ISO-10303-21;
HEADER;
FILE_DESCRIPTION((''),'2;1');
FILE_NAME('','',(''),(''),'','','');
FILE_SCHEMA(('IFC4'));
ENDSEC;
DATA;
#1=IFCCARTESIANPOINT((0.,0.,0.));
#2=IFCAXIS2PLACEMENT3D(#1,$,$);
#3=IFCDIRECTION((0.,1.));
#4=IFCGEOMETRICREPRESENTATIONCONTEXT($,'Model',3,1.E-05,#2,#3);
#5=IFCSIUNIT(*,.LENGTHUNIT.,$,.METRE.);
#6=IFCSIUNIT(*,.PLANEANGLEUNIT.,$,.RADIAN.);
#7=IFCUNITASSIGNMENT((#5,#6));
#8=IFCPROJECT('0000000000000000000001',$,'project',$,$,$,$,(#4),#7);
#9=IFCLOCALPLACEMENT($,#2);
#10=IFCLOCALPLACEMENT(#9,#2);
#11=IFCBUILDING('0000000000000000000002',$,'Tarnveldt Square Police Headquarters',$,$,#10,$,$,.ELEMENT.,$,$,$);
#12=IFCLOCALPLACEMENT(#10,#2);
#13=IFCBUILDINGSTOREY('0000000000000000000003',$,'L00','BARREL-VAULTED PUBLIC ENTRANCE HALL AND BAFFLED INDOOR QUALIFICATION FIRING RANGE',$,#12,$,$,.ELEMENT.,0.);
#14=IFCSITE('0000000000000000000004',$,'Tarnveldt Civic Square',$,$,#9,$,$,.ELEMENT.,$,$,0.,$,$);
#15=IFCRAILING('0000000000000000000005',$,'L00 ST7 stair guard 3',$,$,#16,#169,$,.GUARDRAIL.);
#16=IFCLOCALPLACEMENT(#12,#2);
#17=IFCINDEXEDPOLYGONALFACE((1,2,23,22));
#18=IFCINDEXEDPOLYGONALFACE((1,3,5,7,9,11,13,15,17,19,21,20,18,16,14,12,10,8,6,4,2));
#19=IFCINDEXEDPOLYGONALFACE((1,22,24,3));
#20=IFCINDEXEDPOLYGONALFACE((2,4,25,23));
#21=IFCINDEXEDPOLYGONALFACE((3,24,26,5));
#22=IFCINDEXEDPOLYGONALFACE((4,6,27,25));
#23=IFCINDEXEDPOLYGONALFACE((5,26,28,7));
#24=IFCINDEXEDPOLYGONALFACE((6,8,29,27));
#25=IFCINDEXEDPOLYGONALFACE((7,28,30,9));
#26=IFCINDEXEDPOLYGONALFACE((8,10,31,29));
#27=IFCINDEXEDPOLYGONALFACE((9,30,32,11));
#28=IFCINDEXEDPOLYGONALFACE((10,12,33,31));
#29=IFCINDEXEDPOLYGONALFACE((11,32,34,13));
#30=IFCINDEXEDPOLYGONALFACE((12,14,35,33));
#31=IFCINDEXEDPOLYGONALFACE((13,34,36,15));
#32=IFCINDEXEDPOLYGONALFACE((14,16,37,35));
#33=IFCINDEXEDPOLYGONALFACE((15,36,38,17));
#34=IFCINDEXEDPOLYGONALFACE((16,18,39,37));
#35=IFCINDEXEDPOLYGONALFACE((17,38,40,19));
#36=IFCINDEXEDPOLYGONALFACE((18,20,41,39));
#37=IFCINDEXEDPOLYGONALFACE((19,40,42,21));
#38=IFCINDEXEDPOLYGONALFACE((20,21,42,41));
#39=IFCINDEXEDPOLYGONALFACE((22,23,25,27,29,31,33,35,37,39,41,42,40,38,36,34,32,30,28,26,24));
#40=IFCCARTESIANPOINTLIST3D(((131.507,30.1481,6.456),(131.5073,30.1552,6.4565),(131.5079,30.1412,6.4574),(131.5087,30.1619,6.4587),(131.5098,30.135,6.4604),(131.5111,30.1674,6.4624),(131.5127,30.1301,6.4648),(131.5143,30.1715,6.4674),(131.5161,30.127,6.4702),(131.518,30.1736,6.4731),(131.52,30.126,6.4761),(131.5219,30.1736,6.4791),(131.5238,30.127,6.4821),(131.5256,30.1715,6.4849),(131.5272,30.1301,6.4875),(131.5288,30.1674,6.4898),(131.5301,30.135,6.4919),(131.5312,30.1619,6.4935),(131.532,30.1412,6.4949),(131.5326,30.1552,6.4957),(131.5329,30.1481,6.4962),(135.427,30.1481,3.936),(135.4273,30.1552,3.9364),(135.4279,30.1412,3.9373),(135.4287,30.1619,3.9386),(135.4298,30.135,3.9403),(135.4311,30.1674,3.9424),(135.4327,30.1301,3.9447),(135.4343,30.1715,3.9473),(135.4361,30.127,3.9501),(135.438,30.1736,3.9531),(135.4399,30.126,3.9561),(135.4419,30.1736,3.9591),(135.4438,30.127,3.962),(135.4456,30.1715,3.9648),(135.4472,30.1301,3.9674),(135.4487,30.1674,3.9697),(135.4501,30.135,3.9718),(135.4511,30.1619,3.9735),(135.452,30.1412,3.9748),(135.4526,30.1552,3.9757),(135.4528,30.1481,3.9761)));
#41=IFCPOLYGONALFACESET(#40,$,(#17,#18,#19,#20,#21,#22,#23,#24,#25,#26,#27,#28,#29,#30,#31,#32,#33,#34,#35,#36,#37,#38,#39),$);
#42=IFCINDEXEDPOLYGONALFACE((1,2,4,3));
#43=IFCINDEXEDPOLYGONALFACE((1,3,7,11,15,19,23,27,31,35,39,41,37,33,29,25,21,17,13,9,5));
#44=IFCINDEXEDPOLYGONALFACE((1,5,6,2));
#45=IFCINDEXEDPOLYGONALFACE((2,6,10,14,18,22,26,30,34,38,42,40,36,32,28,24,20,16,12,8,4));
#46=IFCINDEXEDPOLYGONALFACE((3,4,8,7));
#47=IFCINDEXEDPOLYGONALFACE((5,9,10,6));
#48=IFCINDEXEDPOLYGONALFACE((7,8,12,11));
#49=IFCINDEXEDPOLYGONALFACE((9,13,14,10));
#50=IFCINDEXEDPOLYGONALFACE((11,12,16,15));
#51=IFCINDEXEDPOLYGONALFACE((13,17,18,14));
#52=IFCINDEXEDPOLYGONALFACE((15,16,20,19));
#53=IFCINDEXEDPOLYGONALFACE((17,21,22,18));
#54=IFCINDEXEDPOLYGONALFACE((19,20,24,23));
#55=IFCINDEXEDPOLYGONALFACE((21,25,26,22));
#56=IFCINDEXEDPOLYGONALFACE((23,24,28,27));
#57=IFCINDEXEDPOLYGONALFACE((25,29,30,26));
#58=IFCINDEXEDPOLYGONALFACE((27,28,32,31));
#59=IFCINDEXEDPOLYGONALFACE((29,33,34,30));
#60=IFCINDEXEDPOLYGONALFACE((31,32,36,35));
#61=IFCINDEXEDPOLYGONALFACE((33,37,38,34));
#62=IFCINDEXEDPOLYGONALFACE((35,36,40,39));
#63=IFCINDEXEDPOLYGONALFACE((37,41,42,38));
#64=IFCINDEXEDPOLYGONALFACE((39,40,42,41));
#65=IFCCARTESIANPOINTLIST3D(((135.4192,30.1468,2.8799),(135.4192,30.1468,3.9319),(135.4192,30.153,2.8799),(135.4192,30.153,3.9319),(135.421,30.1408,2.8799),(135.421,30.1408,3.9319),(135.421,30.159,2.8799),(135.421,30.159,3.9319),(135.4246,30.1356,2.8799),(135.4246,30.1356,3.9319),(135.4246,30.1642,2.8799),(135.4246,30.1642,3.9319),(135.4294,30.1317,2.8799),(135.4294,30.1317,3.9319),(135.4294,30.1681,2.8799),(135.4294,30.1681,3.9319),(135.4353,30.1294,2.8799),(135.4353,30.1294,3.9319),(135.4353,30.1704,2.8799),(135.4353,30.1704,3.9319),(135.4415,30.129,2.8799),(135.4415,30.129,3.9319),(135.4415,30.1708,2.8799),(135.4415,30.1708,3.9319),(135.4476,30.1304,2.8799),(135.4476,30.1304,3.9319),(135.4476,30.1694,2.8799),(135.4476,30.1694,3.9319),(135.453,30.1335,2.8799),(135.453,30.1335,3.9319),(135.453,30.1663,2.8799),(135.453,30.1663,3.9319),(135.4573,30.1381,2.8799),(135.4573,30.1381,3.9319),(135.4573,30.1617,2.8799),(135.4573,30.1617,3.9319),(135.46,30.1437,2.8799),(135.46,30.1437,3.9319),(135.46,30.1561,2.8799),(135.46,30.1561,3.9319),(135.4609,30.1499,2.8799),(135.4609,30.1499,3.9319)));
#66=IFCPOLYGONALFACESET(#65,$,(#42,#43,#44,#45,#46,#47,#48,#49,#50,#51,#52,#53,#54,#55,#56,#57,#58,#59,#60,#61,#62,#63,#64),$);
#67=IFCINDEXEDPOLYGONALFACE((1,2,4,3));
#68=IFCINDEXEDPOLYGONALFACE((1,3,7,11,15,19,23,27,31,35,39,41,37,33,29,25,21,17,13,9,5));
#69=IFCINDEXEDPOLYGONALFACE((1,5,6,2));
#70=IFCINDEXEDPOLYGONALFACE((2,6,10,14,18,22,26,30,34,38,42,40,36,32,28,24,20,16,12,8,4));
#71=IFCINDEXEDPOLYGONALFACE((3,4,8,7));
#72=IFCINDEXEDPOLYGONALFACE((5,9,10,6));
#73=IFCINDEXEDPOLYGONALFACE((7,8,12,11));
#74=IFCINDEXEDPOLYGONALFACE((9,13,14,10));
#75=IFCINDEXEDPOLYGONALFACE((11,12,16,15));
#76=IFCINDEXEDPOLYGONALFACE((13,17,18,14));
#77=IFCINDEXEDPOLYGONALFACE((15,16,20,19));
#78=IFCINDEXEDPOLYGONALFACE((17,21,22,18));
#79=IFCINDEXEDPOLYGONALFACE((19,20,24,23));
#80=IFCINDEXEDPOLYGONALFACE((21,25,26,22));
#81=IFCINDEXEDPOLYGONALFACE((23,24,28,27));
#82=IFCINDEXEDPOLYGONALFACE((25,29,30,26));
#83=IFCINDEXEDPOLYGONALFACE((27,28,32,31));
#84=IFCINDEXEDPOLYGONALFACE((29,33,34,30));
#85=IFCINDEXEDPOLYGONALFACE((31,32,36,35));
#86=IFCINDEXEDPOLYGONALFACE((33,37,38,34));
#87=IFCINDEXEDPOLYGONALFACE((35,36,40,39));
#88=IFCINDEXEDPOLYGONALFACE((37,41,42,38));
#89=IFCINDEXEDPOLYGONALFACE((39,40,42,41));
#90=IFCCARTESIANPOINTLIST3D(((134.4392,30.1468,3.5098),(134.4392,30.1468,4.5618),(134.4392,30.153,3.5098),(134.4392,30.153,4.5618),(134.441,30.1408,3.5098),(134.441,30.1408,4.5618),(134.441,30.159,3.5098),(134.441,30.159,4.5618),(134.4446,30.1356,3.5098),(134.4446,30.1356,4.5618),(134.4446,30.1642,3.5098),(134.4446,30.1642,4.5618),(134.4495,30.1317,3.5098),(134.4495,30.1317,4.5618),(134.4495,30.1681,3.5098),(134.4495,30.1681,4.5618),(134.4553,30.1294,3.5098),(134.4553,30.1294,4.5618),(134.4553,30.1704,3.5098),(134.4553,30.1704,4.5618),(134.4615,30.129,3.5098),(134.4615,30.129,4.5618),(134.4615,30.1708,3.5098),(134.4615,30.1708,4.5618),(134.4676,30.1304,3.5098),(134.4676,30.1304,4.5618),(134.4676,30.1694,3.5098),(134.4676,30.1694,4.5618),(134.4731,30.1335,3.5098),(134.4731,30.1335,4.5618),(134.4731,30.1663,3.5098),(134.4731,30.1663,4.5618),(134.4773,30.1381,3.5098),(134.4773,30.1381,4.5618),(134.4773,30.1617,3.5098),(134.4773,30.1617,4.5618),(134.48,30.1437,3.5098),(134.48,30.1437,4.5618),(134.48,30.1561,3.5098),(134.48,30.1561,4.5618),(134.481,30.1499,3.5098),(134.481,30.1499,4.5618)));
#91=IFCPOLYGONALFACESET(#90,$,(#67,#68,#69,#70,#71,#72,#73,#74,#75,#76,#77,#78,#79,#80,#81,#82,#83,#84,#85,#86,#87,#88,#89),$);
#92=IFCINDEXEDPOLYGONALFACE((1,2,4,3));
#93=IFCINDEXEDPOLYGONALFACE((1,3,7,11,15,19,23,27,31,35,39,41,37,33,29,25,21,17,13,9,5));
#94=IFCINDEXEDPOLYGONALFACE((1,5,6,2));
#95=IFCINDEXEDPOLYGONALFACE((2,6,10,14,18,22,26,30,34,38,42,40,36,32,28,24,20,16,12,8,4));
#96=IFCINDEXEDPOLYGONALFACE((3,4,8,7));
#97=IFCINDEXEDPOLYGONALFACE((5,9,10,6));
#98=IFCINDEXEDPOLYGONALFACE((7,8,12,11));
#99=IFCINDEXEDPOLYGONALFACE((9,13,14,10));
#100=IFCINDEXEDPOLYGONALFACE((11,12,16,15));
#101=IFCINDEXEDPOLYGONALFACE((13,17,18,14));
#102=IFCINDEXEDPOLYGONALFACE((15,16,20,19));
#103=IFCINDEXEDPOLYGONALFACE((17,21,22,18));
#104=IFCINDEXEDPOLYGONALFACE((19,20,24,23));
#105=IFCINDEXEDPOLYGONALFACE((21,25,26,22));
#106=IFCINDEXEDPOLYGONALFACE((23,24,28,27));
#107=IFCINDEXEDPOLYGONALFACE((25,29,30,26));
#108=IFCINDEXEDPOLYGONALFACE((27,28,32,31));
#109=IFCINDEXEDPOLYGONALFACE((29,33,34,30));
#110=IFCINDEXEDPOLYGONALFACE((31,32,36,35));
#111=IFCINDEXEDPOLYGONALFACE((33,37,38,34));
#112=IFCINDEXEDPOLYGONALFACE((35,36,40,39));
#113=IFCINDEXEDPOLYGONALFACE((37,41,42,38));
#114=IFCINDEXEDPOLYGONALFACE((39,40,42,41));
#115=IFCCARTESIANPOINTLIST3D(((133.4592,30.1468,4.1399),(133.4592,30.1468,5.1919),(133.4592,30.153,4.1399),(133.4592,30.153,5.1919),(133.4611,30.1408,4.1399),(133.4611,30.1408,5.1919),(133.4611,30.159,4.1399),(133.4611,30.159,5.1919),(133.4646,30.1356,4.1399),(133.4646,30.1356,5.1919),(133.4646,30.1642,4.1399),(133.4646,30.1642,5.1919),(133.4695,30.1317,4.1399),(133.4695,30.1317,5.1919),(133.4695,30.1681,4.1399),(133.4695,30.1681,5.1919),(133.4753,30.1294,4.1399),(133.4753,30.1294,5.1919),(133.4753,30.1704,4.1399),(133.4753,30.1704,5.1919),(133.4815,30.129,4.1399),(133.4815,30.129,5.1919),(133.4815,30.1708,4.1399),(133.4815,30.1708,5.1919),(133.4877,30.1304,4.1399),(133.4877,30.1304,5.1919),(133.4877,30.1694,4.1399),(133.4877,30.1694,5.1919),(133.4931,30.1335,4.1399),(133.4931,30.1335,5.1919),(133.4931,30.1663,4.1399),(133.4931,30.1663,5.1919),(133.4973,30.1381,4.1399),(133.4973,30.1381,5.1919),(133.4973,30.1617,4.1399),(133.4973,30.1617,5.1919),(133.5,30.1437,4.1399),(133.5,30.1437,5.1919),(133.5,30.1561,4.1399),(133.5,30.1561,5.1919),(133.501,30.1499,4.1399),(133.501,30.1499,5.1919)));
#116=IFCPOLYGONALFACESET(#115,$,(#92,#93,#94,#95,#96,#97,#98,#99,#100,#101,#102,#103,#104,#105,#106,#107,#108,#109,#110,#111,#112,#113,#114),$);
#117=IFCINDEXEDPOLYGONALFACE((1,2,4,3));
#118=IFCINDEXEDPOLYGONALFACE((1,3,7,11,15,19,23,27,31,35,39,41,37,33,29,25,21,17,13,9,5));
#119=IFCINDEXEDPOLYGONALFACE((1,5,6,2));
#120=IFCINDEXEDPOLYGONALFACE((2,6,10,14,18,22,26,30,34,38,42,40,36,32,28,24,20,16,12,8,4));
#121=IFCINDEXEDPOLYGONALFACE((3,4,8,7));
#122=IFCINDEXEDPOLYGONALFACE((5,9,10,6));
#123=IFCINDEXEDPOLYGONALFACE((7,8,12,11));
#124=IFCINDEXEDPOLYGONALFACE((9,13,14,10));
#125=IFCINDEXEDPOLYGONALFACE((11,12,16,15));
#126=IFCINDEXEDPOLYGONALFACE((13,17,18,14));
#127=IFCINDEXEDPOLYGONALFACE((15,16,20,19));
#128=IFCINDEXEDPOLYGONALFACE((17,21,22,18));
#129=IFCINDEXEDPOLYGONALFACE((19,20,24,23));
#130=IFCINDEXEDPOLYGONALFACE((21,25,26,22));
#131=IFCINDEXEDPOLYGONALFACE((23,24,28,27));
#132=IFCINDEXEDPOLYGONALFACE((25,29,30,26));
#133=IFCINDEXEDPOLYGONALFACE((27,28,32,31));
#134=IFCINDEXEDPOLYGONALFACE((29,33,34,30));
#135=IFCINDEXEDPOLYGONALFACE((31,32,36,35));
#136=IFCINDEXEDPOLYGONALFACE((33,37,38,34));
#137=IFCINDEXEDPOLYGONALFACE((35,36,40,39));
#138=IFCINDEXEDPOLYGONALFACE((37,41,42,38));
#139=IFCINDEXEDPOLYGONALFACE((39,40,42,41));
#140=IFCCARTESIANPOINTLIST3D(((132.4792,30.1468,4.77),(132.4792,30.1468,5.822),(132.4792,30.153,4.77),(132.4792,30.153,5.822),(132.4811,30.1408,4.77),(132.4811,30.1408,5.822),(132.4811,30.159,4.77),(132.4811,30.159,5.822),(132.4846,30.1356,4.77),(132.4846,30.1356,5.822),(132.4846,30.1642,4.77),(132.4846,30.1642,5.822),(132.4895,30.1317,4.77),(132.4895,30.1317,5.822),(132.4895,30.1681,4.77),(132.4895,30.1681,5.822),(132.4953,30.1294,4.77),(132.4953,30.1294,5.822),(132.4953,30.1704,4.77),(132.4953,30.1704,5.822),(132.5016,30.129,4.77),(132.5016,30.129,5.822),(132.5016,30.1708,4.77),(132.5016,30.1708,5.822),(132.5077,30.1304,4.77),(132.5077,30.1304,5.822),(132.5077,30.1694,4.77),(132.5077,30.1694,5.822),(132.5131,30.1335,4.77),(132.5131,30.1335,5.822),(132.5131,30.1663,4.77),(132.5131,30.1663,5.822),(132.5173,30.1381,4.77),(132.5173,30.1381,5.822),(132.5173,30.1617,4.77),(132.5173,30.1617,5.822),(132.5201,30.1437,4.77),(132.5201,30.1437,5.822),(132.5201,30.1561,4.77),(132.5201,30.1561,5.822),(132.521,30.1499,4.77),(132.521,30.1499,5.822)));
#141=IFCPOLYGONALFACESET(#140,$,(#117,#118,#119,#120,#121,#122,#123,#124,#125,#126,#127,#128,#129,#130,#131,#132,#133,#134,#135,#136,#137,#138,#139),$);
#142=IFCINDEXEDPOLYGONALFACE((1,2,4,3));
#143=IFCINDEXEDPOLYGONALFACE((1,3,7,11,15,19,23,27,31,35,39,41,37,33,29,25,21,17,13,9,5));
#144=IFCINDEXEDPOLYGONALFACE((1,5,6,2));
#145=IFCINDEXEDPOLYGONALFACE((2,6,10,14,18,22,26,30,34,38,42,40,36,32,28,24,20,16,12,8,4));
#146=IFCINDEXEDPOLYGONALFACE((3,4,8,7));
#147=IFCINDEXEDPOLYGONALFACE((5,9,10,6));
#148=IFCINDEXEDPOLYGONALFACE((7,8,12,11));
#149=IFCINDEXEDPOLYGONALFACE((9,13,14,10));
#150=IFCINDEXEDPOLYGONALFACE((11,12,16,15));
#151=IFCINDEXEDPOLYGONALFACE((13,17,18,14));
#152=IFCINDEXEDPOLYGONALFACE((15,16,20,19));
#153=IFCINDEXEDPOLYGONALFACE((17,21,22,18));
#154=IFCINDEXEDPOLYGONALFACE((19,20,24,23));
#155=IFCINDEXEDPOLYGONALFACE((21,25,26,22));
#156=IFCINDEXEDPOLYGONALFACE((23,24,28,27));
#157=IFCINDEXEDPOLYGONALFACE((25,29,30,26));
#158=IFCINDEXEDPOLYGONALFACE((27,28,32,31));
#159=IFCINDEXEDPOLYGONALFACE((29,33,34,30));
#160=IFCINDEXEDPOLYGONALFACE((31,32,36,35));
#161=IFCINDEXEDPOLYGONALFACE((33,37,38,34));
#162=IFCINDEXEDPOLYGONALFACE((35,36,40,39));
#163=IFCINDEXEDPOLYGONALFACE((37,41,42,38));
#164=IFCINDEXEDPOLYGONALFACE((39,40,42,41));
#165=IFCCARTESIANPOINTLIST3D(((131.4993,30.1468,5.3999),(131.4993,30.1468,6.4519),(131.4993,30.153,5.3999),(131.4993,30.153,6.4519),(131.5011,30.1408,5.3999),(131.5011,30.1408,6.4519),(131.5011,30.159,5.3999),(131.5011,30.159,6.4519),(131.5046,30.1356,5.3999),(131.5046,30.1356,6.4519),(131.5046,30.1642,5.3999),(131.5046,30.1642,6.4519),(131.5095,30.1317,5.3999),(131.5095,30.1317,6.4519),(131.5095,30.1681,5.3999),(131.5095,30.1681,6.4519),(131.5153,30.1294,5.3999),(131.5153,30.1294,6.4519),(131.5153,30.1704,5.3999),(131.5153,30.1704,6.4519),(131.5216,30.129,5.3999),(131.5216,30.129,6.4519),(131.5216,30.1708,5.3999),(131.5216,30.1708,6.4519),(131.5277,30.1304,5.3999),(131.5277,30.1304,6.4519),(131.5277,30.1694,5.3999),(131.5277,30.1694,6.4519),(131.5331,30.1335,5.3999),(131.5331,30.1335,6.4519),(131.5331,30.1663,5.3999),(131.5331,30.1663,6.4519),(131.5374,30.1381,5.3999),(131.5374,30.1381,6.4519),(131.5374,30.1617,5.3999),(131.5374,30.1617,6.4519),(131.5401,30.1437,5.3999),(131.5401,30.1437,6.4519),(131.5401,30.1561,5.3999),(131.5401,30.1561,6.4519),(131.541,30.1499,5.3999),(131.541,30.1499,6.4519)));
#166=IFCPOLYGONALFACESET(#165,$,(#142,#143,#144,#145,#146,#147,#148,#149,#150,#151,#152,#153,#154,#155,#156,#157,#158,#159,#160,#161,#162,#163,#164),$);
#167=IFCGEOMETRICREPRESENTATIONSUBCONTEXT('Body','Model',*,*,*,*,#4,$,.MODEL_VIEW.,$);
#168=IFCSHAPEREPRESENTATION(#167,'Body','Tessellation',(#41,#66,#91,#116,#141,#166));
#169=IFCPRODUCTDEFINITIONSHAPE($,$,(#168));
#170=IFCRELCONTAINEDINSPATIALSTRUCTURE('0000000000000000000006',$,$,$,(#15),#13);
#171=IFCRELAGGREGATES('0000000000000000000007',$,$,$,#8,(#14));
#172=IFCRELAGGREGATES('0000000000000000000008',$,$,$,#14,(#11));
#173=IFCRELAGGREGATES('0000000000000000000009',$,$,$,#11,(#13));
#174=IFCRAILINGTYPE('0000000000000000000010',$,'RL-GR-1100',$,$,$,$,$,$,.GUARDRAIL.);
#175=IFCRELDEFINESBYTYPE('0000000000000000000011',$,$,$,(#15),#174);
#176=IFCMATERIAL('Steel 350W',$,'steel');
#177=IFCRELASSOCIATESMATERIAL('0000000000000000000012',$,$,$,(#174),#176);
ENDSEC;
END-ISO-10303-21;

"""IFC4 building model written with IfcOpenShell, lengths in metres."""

from ifc_helpers import new_model, si_unit, direction, frame, origin, origin_2d, place, context, subcontext, project, spatial, circle, extrude, material, type_object, element, save


model = new_model("IFC4")

# Units and contexts
model_context = context("Model", 3, precision=1e-05, world=origin(), true_north=direction((0.0, 1.0)))
body_context = subcontext(model_context, "Body", "Model", "MODEL_VIEW")
ifc_project = project(units=[si_unit("LENGTHUNIT", "METRE"), si_unit("PLANEANGLEUNIT", "RADIAN")], contexts=[model_context])

# Site, building, storey
site_placement = place(None, origin())
site = spatial("IfcSite", under=ifc_project, at=site_placement, Name="Tarnveldt Civic Square", CompositionType="ELEMENT", RefElevation=0.0)
building_placement = place(site_placement, origin())
building = spatial("IfcBuilding", under=site, at=building_placement, Name="Tarnveldt Square Police Headquarters", CompositionType="ELEMENT")
storey_placement = place(building_placement, origin())
storey = spatial("IfcBuildingStorey", under=building, at=storey_placement, Name="L00", Description="BARREL-VAULTED PUBLIC ENTRANCE HALL AND BAFFLED INDOOR QUALIFICATION FIRING RANGE", CompositionType="ELEMENT", Elevation=0.0)

# Shared definitions
ifc_material_1 = material(Name="Steel 350W", Category="steel")

# Railing
railing_type_1 = type_object("IfcRailingType", Name="RL-GR-1100", PredefinedType="GUARDRAIL", material=ifc_material_1)
railing_1_placement = place(storey_placement, frame((135.4399, 30.1499, 2.8799)))
element("IfcRailing", 1, at=railing_1_placement, inside=storey, type_object=railing_type_1, Name="L00 ST7 stair guard 3", PredefinedType="GUARDRAIL", context=body_context, shape_type="SweptSolid", body=[
    extrude(circle(Radius=0.0239, at=origin_2d()), frame((0.0, 0.0, 1.0762), z_axis=(-0.841172, 0.0, 0.540768), x_axis=(0.0, -1.0, 0.0)), (0.0, 0.0, 1.0), 4.6602),
    extrude(circle(Radius=0.021, at=origin_2d()), origin(), (0.0, 0.0, 1.0), 1.052),
    extrude(circle(Radius=0.021, at=origin_2d()), frame((-0.98, 0.0, 0.6299)), (0.0, 0.0, 1.0), 1.052),
    extrude(circle(Radius=0.021, at=origin_2d()), frame((-1.96, 0.0, 1.26)), (0.0, 0.0, 1.0), 1.052),
    extrude(circle(Radius=0.021, at=origin_2d()), frame((-2.9399, 0.0, 1.8901)), (0.0, 0.0, 1.0), 1.052),
    extrude(circle(Radius=0.021, at=origin_2d()), frame((-3.9199, 0.0, 2.52)), (0.0, 0.0, 1.0), 1.052),
])

save(model, "model.ifc")
